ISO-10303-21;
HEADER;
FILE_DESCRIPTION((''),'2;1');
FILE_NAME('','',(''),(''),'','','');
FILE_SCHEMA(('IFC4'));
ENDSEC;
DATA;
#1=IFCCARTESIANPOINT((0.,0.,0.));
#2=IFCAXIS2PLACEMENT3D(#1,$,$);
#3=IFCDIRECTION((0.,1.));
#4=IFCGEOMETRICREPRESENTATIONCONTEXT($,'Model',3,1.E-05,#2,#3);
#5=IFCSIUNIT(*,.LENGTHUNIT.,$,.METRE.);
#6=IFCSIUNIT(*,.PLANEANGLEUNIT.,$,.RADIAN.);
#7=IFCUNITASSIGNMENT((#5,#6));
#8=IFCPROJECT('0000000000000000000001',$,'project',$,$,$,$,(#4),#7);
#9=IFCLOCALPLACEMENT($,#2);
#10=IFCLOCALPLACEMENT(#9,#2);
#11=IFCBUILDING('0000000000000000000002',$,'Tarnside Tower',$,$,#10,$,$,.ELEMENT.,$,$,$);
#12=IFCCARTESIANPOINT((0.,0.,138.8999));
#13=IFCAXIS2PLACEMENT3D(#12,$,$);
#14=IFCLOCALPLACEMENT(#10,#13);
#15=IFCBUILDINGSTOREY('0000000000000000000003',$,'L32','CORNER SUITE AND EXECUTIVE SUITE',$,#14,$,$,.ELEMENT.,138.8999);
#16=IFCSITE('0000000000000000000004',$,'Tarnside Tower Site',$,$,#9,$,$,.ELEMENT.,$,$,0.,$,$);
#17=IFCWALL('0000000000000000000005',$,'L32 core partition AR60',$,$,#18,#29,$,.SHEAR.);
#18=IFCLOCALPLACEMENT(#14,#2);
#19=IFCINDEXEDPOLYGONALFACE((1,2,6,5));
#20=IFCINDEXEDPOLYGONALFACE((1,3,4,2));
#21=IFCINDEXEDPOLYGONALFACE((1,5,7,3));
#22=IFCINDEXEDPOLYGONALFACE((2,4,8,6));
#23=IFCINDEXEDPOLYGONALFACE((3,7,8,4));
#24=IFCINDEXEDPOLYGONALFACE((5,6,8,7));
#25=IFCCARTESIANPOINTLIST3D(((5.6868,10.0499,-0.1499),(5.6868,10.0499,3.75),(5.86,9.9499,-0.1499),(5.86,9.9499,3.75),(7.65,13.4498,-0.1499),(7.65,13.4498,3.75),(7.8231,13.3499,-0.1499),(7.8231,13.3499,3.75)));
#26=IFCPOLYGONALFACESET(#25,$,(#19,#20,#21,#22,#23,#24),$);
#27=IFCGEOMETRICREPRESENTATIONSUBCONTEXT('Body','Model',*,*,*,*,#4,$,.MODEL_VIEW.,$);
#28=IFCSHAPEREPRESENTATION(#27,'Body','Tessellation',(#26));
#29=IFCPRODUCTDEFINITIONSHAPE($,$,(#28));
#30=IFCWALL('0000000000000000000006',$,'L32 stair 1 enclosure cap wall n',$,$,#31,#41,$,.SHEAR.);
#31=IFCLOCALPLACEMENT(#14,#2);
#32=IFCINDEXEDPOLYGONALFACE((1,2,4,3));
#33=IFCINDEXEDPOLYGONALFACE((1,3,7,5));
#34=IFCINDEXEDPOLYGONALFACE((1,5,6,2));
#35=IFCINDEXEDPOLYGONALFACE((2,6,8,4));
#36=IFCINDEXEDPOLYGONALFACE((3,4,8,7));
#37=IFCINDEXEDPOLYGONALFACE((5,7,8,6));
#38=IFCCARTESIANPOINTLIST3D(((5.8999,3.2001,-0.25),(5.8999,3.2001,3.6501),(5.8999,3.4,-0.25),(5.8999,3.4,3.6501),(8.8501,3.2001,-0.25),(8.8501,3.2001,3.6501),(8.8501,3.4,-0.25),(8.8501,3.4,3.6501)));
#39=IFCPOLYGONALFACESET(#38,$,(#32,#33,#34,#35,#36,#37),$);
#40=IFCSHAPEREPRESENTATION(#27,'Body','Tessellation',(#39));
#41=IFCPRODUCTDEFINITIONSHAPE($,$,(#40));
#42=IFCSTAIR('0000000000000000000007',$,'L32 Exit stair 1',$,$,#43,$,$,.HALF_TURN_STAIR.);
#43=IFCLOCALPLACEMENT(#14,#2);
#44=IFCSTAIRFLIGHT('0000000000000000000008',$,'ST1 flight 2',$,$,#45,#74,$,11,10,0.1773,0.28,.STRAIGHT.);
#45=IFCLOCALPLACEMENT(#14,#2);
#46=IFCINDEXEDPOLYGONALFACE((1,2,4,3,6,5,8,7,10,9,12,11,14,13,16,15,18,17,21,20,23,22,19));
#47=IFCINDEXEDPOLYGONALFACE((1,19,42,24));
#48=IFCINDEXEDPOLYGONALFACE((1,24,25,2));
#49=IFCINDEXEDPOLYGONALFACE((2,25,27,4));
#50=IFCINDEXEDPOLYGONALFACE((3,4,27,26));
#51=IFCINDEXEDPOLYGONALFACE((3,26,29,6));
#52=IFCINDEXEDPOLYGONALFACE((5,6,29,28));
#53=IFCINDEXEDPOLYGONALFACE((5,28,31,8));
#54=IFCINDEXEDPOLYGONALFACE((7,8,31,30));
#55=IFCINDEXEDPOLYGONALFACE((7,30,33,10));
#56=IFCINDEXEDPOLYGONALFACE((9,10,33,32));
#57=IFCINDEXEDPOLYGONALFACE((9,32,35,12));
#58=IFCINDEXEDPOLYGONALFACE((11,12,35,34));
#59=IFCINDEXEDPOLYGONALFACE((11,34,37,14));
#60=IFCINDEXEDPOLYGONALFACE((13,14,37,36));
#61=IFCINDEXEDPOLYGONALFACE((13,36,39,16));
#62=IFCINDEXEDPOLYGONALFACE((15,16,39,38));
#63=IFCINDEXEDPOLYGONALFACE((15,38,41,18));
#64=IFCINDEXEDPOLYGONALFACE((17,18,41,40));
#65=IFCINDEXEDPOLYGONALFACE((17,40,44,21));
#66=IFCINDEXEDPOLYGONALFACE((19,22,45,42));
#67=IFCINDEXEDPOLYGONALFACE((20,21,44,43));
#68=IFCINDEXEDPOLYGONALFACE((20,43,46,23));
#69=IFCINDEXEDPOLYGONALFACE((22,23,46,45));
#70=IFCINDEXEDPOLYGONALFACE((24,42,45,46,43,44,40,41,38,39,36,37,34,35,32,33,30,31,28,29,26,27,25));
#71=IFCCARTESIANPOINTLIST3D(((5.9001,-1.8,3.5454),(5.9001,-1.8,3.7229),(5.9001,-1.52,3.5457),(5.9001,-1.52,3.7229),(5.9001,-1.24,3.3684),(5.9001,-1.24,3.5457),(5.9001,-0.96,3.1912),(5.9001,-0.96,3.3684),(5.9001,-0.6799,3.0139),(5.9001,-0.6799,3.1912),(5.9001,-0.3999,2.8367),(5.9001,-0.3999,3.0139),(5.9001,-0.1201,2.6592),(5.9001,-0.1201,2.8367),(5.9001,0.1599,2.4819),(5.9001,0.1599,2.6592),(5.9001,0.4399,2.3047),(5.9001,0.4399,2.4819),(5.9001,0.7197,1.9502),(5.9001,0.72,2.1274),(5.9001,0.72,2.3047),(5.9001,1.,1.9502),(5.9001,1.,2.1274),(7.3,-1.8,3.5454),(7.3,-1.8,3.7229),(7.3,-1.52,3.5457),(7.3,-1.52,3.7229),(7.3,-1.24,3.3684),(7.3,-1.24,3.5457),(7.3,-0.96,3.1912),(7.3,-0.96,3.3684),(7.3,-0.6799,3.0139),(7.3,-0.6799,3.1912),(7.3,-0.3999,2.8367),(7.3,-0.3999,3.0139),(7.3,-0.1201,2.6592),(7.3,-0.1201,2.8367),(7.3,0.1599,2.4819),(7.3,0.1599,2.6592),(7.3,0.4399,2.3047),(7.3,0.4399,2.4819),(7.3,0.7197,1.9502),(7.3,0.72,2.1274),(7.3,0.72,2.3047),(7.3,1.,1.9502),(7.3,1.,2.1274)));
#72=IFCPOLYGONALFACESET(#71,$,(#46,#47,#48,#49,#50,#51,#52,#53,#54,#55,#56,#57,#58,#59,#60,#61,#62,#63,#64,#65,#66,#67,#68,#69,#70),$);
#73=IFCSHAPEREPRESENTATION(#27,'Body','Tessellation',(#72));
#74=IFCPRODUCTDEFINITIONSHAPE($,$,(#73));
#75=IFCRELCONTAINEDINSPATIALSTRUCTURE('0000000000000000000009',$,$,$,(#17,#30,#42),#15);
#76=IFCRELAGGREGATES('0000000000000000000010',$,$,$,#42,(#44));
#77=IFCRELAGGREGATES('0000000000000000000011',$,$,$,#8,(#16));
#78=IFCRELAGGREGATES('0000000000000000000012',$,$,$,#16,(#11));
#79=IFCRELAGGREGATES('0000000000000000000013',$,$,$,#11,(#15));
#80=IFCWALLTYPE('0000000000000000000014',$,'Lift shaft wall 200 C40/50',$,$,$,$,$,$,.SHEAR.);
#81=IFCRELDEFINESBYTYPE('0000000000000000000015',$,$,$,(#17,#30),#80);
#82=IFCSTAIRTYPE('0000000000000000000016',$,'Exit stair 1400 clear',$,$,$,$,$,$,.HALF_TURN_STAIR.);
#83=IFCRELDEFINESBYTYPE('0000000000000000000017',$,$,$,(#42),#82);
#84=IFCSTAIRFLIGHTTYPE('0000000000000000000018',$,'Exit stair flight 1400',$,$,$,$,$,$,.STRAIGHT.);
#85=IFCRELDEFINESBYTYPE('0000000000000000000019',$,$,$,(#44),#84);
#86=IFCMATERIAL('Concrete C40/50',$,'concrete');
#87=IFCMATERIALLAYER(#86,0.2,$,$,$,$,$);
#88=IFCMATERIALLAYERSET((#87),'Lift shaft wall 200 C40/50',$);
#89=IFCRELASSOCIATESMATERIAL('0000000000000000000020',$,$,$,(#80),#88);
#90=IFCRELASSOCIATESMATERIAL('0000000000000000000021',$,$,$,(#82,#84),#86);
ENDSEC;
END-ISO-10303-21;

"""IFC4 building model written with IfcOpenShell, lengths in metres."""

from ifc_helpers import new_model, si_unit, direction, frame, frame_2d, origin, place, context, subcontext, project, spatial, polyline, rectangle, outline, extrude, material, layer, layer_set, type_object, element, aggregate, save


model = new_model("IFC4")

# Units and contexts
model_context = context("Model", 3, precision=1e-05, world=origin(), true_north=direction((0.0, 1.0)))
body_context = subcontext(model_context, "Body", "Model", "MODEL_VIEW")
ifc_project = project(units=[si_unit("LENGTHUNIT", "METRE"), si_unit("PLANEANGLEUNIT", "RADIAN")], contexts=[model_context])

# Site, building, storey
site_placement = place(None, origin())
site = spatial("IfcSite", under=ifc_project, at=site_placement, Name="Tarnside Tower Site", CompositionType="ELEMENT", RefElevation=0.0)
building_placement = place(site_placement, origin())
building = spatial("IfcBuilding", under=site, at=building_placement, Name="Tarnside Tower", CompositionType="ELEMENT")
storey_placement = place(building_placement, frame((0.0, 0.0, 138.8999)))
storey = spatial("IfcBuildingStorey", under=building, at=storey_placement, Name="L32", Description="CORNER SUITE AND EXECUTIVE SUITE", CompositionType="ELEMENT", Elevation=138.8999)

# Shared definitions
ifc_material_1 = material(Name="Concrete C40/50", Category="concrete")

# Walls
ifc_layer_1 = layer(ifc_material_1, 0.2)
ifc_layer_set_1 = layer_set([ifc_layer_1], Name="Lift shaft wall 200 C40/50")
wall_type_1 = type_object("IfcWallType", Name="Lift shaft wall 200 C40/50", PredefinedType="SHEAR", material=ifc_layer_set_1)
wall_1_placement = place(storey_placement, frame((5.7734, 10.0, -0.1499), z_axis=(0.0, 0.0, 1.0), x_axis=(0.500038, 0.866003, 0.0)))
element("IfcWall", 1, at=wall_1_placement, inside=storey, type_object=wall_type_1, Name="L32 core partition AR60", PredefinedType="SHEAR", context=body_context, shape_type="SweptSolid", body=[
    extrude(rectangle(XDim=3.926, YDim=0.2, at=frame_2d((1.9629, 0.0))), origin(), (0.0, 0.0, 1.0), 3.8999),
])
wall_2_placement = place(storey_placement, frame((5.8999, 3.3, -0.25), z_axis=(0.0, 0.0, 1.0), x_axis=(1.0, 0.0, 0.0)))
element("IfcWall", 2, at=wall_2_placement, inside=storey, type_object=wall_type_1, Name="L32 stair 1 enclosure cap wall n", PredefinedType="SHEAR", context=body_context, shape_type="SweptSolid", body=[
    extrude(rectangle(XDim=2.9502, YDim=0.2, at=frame_2d((1.4751, 0.0))), origin(), (0.0, 0.0, 1.0), 3.9001),
])

# Stair, stair flight
stair_type = type_object("IfcStairType", Name="Exit stair 1400 clear", PredefinedType="HALF_TURN_STAIR", material=ifc_material_1)
stair_placement = place(storey_placement, origin())
stair = element("IfcStair", 3, at=stair_placement, inside=storey, type_object=stair_type, Name="L32 Exit stair 1", PredefinedType="HALF_TURN_STAIR")
stair_flight_type = type_object("IfcStairFlightType", Name="Exit stair flight 1400", PredefinedType="STRAIGHT", material=ifc_material_1)
stair_flight_placement = place(storey_placement, frame((6.6001, 1.0, 1.9502), z_axis=(0.0, 0.0, 1.0), x_axis=(0.0, -1.0, 0.0)))
stair_flight = element("IfcStairFlight", 4, at=stair_flight_placement, type_object=stair_flight_type, Name="ST1 flight 2", NumberOfRisers=11, NumberOfTreads=10, PredefinedType="STRAIGHT", RiserHeight=0.1773, TreadLength=0.28, context=body_context, shape_type="SweptSolid", body=[
    extrude(outline(polyline([(0.0, 0.0), (0.0, 0.1772), (0.28, 0.1772), (0.28, 0.3545), (0.5601, 0.3545), (0.5601, 0.5317), (0.8401, 0.5317), (0.8401, 0.709), (1.1201, 0.709), (1.1201, 0.8865), (1.3999, 0.8865), (1.3999, 1.0637), (1.6799, 1.0637), (1.6799, 1.241), (1.96, 1.241), (1.96, 1.4182), (2.24, 1.4182), (2.24, 1.5955), (2.52, 1.5955), (2.52, 1.7727), (2.8, 1.7727), (2.8, 1.95), (2.8, 1.5952), (0.2803, 0.0), (0.0, 0.0)])), frame((0.0, 0.7, 0.0), z_axis=(0.0, -1.0, 0.0), x_axis=(1.0, 0.0, 0.0)), (0.0, 0.0, 1.0), 1.3999),
])
aggregate(stair, [stair_flight])

save(model, "model.ifc")
